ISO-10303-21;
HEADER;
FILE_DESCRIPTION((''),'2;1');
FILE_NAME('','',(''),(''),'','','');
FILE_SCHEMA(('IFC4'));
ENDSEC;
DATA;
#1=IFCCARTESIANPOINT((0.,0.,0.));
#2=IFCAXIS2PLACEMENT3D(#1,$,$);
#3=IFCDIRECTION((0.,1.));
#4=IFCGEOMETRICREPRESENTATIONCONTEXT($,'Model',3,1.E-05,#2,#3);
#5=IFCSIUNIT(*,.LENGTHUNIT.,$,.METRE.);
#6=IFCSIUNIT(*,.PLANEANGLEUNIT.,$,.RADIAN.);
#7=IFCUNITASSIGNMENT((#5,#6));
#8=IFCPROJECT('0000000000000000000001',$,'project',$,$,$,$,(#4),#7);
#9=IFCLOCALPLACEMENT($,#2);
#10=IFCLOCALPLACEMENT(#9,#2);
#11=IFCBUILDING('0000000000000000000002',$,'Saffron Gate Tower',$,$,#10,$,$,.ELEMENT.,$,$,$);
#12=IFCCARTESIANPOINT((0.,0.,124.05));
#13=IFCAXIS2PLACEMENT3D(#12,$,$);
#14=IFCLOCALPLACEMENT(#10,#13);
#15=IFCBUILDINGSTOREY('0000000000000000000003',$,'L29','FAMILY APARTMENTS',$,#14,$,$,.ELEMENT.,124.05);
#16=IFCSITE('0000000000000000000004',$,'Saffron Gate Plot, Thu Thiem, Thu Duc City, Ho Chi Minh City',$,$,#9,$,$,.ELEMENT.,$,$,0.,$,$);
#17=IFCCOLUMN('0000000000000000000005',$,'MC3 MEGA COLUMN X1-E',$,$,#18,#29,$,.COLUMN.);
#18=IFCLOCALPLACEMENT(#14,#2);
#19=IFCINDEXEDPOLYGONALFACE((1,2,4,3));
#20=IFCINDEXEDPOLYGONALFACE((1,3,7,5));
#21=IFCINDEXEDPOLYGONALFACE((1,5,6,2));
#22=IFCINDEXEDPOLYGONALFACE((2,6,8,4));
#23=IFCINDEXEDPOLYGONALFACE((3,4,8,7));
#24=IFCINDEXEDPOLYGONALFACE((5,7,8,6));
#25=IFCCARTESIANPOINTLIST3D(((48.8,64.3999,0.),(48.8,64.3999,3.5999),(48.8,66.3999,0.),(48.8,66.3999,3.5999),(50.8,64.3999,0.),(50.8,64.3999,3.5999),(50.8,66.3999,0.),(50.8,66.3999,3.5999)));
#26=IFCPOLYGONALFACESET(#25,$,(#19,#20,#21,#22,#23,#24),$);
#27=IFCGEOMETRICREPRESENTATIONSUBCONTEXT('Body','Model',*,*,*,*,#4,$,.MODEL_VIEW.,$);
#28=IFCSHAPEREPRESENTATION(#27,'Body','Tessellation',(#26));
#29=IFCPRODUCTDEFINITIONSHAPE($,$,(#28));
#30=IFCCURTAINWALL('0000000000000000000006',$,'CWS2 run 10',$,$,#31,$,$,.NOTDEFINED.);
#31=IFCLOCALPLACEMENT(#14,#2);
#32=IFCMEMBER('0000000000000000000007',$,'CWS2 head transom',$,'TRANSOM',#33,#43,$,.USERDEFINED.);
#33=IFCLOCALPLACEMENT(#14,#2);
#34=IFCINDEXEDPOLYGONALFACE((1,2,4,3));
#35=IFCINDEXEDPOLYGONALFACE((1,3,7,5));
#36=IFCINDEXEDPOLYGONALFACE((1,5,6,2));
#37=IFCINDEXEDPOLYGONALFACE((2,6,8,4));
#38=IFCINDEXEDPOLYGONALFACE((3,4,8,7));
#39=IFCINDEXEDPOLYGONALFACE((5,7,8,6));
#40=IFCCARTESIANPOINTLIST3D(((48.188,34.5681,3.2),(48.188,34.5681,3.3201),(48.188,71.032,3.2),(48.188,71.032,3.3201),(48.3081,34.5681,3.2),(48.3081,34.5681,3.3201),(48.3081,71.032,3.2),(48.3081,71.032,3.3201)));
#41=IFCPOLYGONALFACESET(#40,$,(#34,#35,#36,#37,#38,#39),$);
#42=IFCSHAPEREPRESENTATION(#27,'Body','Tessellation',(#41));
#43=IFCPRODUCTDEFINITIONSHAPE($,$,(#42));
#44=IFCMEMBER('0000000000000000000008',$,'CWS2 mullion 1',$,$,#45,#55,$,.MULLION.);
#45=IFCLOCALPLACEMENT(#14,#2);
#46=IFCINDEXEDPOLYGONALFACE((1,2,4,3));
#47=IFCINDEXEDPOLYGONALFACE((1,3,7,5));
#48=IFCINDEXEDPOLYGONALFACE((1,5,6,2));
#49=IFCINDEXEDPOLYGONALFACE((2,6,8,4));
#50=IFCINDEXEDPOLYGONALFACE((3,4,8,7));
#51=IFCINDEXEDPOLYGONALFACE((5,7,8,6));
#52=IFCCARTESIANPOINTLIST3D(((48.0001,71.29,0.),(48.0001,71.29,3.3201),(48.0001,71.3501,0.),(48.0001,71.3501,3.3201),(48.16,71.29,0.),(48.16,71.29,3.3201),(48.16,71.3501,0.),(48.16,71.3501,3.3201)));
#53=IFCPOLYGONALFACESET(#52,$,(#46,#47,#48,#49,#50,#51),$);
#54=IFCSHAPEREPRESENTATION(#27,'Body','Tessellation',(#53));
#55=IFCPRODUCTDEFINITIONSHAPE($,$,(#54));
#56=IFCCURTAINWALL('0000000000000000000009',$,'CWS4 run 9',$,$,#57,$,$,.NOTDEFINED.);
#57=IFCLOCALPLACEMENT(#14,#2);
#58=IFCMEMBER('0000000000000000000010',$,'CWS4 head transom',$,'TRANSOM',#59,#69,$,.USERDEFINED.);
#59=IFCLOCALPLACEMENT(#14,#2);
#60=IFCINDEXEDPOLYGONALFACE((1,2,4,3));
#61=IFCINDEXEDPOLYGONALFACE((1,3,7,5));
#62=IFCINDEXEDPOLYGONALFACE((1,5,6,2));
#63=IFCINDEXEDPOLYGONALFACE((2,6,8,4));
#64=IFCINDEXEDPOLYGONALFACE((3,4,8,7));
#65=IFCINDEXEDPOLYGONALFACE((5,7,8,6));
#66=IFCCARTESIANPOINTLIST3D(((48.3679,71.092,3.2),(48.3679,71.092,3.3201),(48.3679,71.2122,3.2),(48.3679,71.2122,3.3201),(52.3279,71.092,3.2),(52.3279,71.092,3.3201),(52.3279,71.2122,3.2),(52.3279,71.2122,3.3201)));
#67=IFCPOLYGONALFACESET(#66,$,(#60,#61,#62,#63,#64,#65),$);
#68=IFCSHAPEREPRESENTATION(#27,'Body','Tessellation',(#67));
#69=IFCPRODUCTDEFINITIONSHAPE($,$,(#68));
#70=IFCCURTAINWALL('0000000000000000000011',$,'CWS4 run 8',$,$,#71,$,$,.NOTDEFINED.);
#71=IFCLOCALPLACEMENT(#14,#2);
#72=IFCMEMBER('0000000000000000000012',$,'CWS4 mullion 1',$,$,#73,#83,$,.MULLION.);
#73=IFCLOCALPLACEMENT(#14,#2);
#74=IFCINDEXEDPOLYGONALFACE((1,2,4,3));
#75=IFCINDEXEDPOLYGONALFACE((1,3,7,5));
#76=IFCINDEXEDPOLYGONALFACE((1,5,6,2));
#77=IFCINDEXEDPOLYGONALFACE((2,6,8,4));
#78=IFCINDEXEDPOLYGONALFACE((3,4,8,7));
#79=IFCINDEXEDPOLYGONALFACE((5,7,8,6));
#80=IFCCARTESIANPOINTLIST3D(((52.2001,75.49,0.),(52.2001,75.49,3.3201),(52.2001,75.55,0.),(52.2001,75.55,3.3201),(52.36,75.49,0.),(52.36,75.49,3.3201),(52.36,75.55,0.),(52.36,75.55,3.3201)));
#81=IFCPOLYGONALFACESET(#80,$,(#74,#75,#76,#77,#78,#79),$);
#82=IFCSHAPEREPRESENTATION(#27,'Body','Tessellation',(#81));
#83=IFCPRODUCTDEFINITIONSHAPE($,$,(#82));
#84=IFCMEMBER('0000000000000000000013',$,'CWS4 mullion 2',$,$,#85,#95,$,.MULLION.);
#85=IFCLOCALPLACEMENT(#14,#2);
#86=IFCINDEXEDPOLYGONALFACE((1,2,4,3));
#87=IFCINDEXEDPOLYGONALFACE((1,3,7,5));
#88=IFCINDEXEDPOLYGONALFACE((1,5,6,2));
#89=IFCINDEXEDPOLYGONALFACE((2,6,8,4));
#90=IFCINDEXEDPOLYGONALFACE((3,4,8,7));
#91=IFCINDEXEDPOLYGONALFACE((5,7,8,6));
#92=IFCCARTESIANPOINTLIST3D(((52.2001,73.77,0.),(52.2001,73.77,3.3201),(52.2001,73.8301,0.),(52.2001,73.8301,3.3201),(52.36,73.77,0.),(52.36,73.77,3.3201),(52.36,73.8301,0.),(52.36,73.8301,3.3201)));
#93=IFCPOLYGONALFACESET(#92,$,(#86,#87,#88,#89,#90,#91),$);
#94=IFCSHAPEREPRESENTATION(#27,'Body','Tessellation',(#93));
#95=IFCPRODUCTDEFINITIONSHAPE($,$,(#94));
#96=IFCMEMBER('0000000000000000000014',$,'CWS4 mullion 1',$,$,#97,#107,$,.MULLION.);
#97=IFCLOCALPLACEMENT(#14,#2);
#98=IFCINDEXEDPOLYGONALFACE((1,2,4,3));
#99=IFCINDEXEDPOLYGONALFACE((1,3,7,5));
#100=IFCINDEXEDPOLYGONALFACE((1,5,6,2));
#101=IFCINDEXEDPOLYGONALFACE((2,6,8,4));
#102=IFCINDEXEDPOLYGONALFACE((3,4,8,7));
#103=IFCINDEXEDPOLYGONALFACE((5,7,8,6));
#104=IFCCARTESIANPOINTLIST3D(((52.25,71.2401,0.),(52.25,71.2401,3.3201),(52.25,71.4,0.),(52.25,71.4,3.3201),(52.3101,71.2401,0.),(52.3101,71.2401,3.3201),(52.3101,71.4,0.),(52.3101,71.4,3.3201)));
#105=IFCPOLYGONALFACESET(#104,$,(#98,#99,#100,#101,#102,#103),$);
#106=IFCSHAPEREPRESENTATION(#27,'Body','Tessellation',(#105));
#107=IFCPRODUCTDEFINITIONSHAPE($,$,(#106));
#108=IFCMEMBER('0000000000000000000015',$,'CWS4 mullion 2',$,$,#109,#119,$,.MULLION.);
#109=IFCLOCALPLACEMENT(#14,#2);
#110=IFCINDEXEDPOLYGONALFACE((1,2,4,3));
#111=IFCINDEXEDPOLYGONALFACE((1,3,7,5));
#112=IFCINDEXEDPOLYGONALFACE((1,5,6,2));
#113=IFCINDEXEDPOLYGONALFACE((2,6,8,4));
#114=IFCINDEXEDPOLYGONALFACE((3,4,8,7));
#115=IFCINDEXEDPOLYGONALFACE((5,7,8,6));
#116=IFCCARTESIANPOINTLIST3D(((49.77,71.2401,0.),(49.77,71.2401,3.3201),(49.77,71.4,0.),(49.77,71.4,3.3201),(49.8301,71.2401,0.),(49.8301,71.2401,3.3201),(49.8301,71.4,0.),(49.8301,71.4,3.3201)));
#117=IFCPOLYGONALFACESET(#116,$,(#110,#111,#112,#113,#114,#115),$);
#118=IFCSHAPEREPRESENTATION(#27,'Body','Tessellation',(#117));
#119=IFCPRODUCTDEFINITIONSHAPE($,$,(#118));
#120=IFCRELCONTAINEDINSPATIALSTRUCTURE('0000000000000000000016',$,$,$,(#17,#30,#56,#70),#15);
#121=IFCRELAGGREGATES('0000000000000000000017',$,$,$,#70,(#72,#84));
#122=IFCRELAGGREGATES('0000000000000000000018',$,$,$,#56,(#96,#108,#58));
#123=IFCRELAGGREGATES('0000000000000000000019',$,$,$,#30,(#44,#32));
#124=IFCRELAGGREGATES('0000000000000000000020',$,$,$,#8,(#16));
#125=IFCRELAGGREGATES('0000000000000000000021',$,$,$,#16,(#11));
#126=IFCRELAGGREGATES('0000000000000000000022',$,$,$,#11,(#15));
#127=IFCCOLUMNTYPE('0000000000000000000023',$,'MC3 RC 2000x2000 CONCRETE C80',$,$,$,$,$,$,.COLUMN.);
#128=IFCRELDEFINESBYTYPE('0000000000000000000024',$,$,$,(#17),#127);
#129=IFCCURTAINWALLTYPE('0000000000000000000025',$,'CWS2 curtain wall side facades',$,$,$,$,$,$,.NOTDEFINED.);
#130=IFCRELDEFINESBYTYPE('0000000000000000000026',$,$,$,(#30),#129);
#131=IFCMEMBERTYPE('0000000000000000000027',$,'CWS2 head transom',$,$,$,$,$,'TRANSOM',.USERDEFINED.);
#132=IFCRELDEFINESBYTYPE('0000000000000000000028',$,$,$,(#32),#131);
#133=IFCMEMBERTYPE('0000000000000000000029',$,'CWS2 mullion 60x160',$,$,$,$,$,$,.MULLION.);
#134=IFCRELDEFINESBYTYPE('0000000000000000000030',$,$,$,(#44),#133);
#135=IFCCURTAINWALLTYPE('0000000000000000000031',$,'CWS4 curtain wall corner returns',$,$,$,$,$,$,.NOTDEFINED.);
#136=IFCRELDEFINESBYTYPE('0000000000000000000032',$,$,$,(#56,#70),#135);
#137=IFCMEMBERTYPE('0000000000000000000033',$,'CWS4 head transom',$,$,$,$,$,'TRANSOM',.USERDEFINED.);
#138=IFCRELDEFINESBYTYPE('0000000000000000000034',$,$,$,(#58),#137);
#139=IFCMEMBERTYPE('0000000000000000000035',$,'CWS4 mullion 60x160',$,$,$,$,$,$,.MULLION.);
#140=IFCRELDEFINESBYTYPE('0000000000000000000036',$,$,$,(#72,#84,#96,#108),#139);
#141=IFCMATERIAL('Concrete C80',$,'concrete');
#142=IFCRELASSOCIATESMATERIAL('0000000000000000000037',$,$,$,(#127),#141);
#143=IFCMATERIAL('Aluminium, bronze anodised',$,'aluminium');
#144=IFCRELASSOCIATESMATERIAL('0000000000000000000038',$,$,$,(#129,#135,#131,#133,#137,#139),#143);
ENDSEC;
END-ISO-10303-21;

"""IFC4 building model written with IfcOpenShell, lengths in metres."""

from ifc_helpers import new_model, si_unit, direction, frame, origin, origin_2d, place, context, subcontext, project, spatial, rectangle, extrude, material, material_profile, profile_set, type_object, element, aggregate, save


model = new_model("IFC4")

# Units and contexts
model_context = context("Model", 3, precision=1e-05, world=origin(), true_north=direction((0.0, 1.0)))
body_context = subcontext(model_context, "Body", "Model", "MODEL_VIEW")
ifc_project = project(units=[si_unit("LENGTHUNIT", "METRE"), si_unit("PLANEANGLEUNIT", "RADIAN")], contexts=[model_context])

# Site, building, storey
site_placement = place(None, origin())
site = spatial("IfcSite", under=ifc_project, at=site_placement, Name="Saffron Gate Plot, Thu Thiem, Thu Duc City, Ho Chi Minh City", CompositionType="ELEMENT", RefElevation=0.0)
building_placement = place(site_placement, origin())
building = spatial("IfcBuilding", under=site, at=building_placement, Name="Saffron Gate Tower", CompositionType="ELEMENT")
storey_placement = place(building_placement, frame((0.0, 0.0, 124.05)))
storey = spatial("IfcBuildingStorey", under=building, at=storey_placement, Name="L29", Description="FAMILY APARTMENTS", CompositionType="ELEMENT", Elevation=124.05)

# Column
ifc_material_1 = material(Name="Concrete C80", Category="concrete")
ifc_material_profile_1 = material_profile(ifc_material_1, rectangle(XDim=2.0, YDim=2.0, at=origin_2d()))
ifc_profile_set_1 = profile_set([ifc_material_profile_1], Name="Concrete C80")
column_type = type_object("IfcColumnType", Name="MC3 RC 2000x2000 CONCRETE C80", PredefinedType="COLUMN", material=ifc_profile_set_1)
column_placement = place(storey_placement, frame((49.8, 65.3999, 0.0), z_axis=(0.0, 0.0, 1.0), x_axis=(1.0, 0.0, 0.0)))
element("IfcColumn", 1, at=column_placement, inside=storey, type_object=column_type, Name="MC3 MEGA COLUMN X1-E", PredefinedType="COLUMN", context=body_context, shape_type="SweptSolid", body=[
    extrude(rectangle(XDim=2.0, YDim=2.0, at=origin_2d()), origin(), (0.0, 0.0, 1.0), 3.5999),
])

# Curtain wall, members
ifc_material_2 = material(Name="Aluminium, bronze anodised", Category="aluminium")
curtain_wall_type_1 = type_object("IfcCurtainWallType", Name="CWS2 curtain wall side facades", PredefinedType="NOTDEFINED", material=ifc_material_2)
curtain_wall_1_placement = place(storey_placement, origin())
curtain_wall_1 = element("IfcCurtainWall", 2, at=curtain_wall_1_placement, inside=storey, type_object=curtain_wall_type_1, Name="CWS2 run 10", PredefinedType="NOTDEFINED")
ifc_material_profile_2 = material_profile(ifc_material_2, rectangle(XDim=0.1201, YDim=0.1201, at=origin_2d()))
ifc_profile_set_2 = profile_set([ifc_material_profile_2], Name="Aluminium, bronze anodised")
member_type_1 = type_object("IfcMemberType", Name="CWS2 head transom", ElementType="TRANSOM", PredefinedType="USERDEFINED", material=ifc_profile_set_2)
member_1_placement = place(storey_placement, frame((48.248, 71.032, 3.26), z_axis=(0.0, -1.0, 0.0), x_axis=(1.0, 0.0, 0.0)))
member_1 = element("IfcMember", 3, at=member_1_placement, type_object=member_type_1, Name="CWS2 head transom", ObjectType="TRANSOM", PredefinedType="USERDEFINED", context=body_context, shape_type="SweptSolid", body=[
    extrude(rectangle(XDim=0.1201, YDim=0.1201, at=origin_2d()), origin(), (0.0, 0.0, 1.0), 36.4639),
])
ifc_material_profile_3 = material_profile(ifc_material_2, rectangle(XDim=0.1599, YDim=0.0601, at=origin_2d()))
ifc_profile_set_3 = profile_set([ifc_material_profile_3], Name="Aluminium, bronze anodised")
member_type_2 = type_object("IfcMemberType", Name="CWS2 mullion 60x160", PredefinedType="MULLION", material=ifc_profile_set_3)
member_2_placement = place(storey_placement, frame((48.0801, 71.3201, 0.0), z_axis=(0.0, 0.0, 1.0), x_axis=(1.0, 0.0, 0.0)))
member_2 = element("IfcMember", 4, at=member_2_placement, type_object=member_type_2, Name="CWS2 mullion 1", PredefinedType="MULLION", context=body_context, shape_type="SweptSolid", body=[
    extrude(rectangle(XDim=0.1599, YDim=0.0601, at=origin_2d()), origin(), (0.0, 0.0, 1.0), 3.3201),
])

# Curtain wall, member
curtain_wall_type_2 = type_object("IfcCurtainWallType", Name="CWS4 curtain wall corner returns", PredefinedType="NOTDEFINED", material=ifc_material_2)
curtain_wall_2_placement = place(storey_placement, origin())
curtain_wall_2 = element("IfcCurtainWall", 5, at=curtain_wall_2_placement, inside=storey, type_object=curtain_wall_type_2, Name="CWS4 run 9", PredefinedType="NOTDEFINED")
ifc_material_profile_4 = material_profile(ifc_material_2, rectangle(XDim=0.1201, YDim=0.1201, at=origin_2d()))
ifc_profile_set_4 = profile_set([ifc_material_profile_4], Name="Aluminium, bronze anodised")
member_type_3 = type_object("IfcMemberType", Name="CWS4 head transom", ElementType="TRANSOM", PredefinedType="USERDEFINED", material=ifc_profile_set_4)
member_3_placement = place(storey_placement, frame((52.3279, 71.1521, 3.26), z_axis=(-1.0, 0.0, 0.0), x_axis=(0.0, -1.0, 0.0)))
member_3 = element("IfcMember", 6, at=member_3_placement, type_object=member_type_3, Name="CWS4 head transom", ObjectType="TRANSOM", PredefinedType="USERDEFINED", context=body_context, shape_type="SweptSolid", body=[
    extrude(rectangle(XDim=0.1201, YDim=0.1201, at=origin_2d()), origin(), (0.0, 0.0, 1.0), 3.96),
])

# Curtain wall, members
curtain_wall_3_placement = place(storey_placement, origin())
curtain_wall_3 = element("IfcCurtainWall", 7, at=curtain_wall_3_placement, inside=storey, type_object=curtain_wall_type_2, Name="CWS4 run 8", PredefinedType="NOTDEFINED")
ifc_material_profile_5 = material_profile(ifc_material_2, rectangle(XDim=0.1599, YDim=0.0601, at=origin_2d()))
ifc_profile_set_5 = profile_set([ifc_material_profile_5], Name="Aluminium, bronze anodised")
member_type_4 = type_object("IfcMemberType", Name="CWS4 mullion 60x160", PredefinedType="MULLION", material=ifc_profile_set_5)
member_4_placement = place(storey_placement, frame((52.28, 75.52, 0.0), z_axis=(0.0, 0.0, 1.0), x_axis=(1.0, 0.0, 0.0)))
member_4 = element("IfcMember", 8, at=member_4_placement, type_object=member_type_4, Name="CWS4 mullion 1", PredefinedType="MULLION", context=body_context, shape_type="SweptSolid", body=[
    extrude(rectangle(XDim=0.1599, YDim=0.0601, at=origin_2d()), origin(), (0.0, 0.0, 1.0), 3.3201),
])
member_5_placement = place(storey_placement, frame((52.28, 73.8, 0.0), z_axis=(0.0, 0.0, 1.0), x_axis=(1.0, 0.0, 0.0)))
member_5 = element("IfcMember", 9, at=member_5_placement, type_object=member_type_4, Name="CWS4 mullion 2", PredefinedType="MULLION", context=body_context, shape_type="SweptSolid", body=[
    extrude(rectangle(XDim=0.1599, YDim=0.0601, at=origin_2d()), origin(), (0.0, 0.0, 1.0), 3.3201),
])
aggregate(curtain_wall_3, [member_4, member_5])

# Members
member_6_placement = place(storey_placement, frame((52.28, 71.3201, 0.0), z_axis=(0.0, 0.0, 1.0), x_axis=(0.0, -1.0, 0.0)))
member_6 = element("IfcMember", 10, at=member_6_placement, type_object=member_type_4, Name="CWS4 mullion 1", PredefinedType="MULLION", context=body_context, shape_type="SweptSolid", body=[
    extrude(rectangle(XDim=0.1599, YDim=0.0601, at=origin_2d()), origin(), (0.0, 0.0, 1.0), 3.3201),
])
member_7_placement = place(storey_placement, frame((49.8, 71.3201, 0.0), z_axis=(0.0, 0.0, 1.0), x_axis=(0.0, -1.0, 0.0)))
member_7 = element("IfcMember", 11, at=member_7_placement, type_object=member_type_4, Name="CWS4 mullion 2", PredefinedType="MULLION", context=body_context, shape_type="SweptSolid", body=[
    extrude(rectangle(XDim=0.1599, YDim=0.0601, at=origin_2d()), origin(), (0.0, 0.0, 1.0), 3.3201),
])
aggregate(curtain_wall_2, [member_6, member_7, member_3])

aggregate(curtain_wall_1, [member_2, member_1])

save(model, "model.ifc")
